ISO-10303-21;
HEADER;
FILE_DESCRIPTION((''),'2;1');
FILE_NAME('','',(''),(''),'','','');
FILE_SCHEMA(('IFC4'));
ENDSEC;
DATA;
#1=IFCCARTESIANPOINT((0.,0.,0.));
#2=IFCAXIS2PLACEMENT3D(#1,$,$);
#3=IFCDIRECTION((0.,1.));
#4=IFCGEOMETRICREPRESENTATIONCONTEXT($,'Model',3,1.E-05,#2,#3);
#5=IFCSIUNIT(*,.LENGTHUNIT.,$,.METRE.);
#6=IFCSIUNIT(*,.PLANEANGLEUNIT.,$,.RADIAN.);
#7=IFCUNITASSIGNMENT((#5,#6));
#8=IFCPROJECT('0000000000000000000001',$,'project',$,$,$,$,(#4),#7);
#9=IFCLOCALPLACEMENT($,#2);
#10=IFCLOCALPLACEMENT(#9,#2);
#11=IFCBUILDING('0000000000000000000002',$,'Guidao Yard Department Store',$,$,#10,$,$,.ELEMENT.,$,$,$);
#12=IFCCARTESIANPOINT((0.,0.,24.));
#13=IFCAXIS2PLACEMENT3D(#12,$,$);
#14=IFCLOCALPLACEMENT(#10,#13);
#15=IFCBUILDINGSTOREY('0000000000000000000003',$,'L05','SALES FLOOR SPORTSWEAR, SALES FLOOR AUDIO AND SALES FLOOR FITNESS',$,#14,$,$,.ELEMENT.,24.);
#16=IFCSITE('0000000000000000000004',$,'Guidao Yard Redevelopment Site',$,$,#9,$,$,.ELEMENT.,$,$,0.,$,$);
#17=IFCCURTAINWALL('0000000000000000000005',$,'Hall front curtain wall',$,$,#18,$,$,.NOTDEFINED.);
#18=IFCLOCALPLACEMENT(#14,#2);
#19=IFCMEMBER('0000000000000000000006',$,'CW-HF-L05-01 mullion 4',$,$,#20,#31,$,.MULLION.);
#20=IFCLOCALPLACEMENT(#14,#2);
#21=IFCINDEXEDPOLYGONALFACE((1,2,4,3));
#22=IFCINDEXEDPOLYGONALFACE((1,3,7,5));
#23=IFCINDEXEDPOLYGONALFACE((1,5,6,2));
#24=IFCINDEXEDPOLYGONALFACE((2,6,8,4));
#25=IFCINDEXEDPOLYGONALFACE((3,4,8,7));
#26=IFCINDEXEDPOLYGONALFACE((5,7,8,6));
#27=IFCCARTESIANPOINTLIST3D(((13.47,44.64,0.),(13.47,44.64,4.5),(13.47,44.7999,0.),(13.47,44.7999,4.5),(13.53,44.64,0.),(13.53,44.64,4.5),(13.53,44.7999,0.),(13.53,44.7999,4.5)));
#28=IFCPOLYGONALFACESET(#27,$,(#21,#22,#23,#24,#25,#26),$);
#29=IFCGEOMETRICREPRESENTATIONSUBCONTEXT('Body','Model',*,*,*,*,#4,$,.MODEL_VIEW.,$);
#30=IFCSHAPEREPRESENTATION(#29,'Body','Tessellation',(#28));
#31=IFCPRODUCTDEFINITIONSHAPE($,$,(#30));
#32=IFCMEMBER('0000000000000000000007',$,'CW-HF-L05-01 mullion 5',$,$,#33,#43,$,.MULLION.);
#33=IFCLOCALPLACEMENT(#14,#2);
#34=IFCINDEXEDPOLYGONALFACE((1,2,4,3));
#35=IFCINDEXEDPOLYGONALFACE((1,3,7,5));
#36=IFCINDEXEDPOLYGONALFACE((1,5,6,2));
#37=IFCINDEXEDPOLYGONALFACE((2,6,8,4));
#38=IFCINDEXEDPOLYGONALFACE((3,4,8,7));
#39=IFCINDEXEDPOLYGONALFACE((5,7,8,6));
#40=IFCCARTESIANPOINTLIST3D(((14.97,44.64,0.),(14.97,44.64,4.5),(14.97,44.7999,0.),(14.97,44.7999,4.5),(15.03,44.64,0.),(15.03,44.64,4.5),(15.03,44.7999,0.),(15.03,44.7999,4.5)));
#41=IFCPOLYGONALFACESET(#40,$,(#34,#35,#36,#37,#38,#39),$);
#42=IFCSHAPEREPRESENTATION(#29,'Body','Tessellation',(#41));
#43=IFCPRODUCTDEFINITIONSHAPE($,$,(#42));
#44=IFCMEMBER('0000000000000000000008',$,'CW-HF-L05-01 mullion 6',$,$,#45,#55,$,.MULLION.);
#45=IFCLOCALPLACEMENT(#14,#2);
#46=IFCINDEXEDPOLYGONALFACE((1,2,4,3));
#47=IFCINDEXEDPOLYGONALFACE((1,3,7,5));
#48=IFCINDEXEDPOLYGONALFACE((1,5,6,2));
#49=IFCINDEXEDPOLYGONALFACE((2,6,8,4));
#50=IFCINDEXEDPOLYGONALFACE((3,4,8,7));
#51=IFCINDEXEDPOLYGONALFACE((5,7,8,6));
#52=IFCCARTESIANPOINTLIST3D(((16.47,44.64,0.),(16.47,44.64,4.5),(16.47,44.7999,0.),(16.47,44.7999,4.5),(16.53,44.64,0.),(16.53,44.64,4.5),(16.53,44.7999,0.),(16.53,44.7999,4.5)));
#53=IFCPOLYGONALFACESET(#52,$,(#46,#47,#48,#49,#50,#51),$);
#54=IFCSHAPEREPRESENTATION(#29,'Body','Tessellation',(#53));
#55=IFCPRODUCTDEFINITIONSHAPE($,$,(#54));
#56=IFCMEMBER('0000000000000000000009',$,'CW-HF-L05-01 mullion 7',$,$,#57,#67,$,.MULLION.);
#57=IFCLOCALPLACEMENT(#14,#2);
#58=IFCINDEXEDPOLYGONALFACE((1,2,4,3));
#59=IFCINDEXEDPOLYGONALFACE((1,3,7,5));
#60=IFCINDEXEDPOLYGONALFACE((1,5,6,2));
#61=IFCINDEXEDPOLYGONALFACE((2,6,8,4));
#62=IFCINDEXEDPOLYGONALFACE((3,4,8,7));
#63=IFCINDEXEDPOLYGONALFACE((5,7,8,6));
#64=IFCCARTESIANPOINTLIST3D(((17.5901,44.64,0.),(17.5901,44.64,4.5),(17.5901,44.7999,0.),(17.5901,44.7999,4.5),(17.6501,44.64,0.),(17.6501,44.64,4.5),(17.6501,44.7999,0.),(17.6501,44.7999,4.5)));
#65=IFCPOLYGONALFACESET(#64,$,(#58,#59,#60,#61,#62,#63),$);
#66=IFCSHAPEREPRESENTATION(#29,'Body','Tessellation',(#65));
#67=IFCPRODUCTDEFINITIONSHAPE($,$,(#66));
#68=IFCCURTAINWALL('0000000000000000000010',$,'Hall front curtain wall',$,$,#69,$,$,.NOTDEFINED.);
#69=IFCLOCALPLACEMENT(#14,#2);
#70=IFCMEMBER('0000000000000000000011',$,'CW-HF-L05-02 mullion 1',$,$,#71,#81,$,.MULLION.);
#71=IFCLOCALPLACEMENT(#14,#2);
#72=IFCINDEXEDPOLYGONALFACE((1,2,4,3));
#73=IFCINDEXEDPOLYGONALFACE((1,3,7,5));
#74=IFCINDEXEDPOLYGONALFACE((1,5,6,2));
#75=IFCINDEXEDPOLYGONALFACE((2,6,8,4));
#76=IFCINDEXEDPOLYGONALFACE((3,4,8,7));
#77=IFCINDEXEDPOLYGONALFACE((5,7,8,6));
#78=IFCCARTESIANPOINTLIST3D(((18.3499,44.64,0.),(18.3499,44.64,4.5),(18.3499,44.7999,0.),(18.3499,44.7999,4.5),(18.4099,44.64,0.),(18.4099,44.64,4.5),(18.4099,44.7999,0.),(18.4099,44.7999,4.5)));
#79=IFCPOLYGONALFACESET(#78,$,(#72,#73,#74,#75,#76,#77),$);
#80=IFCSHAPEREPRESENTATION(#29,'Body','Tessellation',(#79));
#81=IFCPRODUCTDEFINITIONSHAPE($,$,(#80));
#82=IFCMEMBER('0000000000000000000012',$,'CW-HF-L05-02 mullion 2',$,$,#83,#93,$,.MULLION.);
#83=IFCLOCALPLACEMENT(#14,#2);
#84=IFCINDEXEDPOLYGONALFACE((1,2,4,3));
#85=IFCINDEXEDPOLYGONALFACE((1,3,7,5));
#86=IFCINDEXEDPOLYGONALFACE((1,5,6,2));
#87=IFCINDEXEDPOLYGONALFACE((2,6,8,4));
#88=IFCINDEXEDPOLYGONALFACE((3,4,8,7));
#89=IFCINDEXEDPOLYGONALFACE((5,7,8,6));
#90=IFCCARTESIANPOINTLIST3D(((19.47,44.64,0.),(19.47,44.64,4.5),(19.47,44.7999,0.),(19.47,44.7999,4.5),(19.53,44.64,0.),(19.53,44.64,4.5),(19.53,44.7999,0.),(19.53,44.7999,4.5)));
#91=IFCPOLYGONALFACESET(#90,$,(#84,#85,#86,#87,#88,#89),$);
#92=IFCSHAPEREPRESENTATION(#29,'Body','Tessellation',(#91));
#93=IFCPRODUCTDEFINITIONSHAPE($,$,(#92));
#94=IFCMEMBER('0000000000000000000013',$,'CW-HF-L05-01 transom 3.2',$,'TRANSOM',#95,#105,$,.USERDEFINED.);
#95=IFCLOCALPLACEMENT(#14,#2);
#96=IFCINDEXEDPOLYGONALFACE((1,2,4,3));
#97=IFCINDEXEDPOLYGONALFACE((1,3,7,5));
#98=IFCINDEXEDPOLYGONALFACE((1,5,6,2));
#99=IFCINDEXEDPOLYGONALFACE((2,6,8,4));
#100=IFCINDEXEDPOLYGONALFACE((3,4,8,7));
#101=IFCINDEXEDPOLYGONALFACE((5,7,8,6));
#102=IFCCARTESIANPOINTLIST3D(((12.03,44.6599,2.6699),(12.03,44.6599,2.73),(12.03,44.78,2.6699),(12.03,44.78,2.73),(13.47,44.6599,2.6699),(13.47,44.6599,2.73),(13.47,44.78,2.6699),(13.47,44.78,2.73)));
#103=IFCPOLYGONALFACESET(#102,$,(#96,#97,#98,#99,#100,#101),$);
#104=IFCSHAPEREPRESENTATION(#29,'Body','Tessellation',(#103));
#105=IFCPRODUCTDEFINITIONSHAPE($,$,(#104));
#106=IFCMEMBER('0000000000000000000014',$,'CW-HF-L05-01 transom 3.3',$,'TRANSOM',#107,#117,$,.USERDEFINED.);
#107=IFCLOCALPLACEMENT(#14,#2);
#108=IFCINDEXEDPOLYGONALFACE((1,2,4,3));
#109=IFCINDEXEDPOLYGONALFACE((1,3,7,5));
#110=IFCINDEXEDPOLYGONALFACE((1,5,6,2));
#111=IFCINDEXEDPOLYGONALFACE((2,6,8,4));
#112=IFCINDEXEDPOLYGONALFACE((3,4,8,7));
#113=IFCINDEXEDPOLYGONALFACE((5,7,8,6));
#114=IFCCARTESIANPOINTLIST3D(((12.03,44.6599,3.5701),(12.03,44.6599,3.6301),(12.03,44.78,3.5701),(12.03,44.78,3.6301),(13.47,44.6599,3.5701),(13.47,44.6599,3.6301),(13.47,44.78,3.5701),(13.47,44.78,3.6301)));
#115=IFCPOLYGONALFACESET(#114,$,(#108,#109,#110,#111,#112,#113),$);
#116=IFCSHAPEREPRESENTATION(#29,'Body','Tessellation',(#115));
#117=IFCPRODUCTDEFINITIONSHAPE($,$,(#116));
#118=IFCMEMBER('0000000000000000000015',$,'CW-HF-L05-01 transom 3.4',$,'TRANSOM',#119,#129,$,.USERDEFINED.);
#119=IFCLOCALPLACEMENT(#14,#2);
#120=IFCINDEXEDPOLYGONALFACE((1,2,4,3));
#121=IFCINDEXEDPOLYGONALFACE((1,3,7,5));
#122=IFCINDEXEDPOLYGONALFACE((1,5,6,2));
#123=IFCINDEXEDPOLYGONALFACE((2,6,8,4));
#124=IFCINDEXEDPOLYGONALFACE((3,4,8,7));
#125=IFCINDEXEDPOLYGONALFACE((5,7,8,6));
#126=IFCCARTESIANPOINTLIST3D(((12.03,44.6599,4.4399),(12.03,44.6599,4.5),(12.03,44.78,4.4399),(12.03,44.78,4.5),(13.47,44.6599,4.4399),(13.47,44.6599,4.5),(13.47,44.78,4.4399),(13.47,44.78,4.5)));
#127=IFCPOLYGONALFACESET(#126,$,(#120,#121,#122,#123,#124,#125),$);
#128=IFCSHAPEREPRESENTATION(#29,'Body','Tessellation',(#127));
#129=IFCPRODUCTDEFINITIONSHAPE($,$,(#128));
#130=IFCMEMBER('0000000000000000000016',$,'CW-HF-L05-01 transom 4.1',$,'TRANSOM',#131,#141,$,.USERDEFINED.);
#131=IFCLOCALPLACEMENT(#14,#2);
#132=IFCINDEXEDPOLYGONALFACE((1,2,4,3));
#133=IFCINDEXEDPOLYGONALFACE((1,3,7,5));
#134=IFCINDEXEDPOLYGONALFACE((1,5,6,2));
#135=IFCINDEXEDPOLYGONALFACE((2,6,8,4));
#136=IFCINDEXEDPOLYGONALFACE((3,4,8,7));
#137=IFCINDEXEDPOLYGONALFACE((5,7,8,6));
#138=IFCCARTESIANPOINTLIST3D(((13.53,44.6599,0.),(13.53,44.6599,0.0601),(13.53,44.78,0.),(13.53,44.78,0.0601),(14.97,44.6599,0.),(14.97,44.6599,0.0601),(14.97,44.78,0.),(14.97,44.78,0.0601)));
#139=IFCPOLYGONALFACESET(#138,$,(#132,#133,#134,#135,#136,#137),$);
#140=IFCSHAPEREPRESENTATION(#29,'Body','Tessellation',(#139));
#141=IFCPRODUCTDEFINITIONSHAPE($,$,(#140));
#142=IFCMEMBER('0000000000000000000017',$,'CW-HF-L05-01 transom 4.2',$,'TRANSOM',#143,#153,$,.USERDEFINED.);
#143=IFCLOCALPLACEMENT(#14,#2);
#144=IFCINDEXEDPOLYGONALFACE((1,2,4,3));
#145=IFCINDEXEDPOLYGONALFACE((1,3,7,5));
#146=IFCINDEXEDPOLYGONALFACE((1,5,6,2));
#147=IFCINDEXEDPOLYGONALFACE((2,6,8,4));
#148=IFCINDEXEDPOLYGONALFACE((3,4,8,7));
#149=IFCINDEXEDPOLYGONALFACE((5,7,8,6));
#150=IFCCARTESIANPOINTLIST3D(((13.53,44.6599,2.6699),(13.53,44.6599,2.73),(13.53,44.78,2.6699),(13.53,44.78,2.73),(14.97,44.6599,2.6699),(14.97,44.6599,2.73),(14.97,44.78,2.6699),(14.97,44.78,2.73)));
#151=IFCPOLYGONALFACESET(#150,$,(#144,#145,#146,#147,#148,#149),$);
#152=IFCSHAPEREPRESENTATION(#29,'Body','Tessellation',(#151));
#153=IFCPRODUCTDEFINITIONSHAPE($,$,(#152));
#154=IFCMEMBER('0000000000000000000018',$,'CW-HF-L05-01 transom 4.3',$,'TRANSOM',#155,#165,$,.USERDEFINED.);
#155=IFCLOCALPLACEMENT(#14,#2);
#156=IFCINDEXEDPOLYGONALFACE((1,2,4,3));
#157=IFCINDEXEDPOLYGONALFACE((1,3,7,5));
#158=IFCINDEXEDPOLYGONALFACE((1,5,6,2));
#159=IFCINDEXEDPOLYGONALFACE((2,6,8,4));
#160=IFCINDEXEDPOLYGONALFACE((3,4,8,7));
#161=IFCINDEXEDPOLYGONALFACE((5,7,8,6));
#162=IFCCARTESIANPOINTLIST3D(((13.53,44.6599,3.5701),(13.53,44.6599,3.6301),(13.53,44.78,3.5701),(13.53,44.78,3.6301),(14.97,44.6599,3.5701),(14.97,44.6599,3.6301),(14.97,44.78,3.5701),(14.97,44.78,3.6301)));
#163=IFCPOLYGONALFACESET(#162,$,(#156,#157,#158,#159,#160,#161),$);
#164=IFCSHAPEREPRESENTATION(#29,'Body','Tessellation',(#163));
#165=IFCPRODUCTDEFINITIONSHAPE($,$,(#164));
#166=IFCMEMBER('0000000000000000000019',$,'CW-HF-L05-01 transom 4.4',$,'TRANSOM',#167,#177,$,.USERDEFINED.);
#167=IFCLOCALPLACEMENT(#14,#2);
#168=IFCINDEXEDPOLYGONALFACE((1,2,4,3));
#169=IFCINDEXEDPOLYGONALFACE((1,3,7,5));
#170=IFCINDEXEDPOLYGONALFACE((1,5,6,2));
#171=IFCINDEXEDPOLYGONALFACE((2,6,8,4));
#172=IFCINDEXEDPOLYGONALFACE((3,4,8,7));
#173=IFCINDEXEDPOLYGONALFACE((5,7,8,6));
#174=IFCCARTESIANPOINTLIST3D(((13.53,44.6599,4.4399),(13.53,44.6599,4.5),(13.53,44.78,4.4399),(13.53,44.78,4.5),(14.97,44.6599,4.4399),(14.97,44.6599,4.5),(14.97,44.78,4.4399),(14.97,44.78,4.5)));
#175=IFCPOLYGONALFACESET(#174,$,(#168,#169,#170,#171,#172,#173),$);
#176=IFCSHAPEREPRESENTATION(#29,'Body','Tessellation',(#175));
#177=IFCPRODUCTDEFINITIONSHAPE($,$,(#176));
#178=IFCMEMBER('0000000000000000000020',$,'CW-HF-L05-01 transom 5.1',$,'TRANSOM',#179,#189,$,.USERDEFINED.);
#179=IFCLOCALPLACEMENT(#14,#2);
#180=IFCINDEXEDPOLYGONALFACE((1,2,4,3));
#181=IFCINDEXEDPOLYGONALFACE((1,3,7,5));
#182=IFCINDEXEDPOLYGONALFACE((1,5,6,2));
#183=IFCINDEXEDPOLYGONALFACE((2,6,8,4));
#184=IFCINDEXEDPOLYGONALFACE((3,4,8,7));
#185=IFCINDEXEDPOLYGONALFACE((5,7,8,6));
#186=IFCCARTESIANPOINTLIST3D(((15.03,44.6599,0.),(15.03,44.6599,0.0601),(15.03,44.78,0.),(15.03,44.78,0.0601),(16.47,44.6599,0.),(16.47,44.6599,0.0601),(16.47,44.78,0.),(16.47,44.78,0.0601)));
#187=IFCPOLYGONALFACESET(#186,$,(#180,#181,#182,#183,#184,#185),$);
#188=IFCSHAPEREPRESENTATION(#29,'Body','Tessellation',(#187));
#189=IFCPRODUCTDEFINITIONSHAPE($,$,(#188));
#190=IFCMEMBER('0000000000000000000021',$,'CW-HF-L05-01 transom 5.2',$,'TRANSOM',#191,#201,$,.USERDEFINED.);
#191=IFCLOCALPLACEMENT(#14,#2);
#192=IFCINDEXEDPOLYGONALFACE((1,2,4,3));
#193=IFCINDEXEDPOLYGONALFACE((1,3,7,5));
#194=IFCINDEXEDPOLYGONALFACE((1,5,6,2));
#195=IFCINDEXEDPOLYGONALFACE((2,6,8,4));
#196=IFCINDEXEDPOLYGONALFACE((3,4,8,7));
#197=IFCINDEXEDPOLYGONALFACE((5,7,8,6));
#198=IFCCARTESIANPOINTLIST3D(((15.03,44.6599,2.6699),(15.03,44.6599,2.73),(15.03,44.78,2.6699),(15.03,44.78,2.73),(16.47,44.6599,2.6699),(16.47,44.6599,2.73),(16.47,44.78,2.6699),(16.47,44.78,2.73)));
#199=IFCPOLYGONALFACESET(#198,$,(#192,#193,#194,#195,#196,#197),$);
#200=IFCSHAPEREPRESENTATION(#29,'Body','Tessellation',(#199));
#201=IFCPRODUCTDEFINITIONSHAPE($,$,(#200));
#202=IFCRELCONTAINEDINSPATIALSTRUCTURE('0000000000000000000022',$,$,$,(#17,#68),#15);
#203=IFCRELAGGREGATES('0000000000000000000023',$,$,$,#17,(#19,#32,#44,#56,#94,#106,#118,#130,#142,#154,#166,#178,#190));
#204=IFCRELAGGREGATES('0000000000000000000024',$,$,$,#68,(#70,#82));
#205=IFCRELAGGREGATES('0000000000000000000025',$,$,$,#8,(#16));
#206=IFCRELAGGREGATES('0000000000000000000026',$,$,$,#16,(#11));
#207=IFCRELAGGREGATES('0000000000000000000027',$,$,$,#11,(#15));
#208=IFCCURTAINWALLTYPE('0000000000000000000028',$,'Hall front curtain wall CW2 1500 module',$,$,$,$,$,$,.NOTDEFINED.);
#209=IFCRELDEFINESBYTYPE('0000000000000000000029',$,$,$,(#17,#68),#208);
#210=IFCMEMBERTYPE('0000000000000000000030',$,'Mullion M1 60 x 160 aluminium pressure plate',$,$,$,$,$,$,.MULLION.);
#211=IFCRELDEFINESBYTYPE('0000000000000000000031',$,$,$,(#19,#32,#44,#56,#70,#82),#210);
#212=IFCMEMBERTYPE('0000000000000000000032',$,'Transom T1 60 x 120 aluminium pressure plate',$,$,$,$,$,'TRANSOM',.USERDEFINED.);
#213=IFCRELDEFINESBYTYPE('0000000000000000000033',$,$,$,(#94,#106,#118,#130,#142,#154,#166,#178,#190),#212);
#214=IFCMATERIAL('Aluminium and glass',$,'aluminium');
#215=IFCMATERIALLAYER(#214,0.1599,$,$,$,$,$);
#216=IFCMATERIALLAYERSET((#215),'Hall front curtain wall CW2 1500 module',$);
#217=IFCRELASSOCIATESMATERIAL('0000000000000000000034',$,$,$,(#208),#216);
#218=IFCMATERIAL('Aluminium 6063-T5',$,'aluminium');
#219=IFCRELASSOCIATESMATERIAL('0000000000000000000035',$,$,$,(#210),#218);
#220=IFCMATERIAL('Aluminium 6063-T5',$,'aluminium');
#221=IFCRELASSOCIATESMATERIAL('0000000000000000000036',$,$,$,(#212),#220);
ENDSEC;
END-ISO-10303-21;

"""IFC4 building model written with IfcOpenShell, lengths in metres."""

from ifc_helpers import new_model, si_unit, direction, frame, origin, origin_2d, place, context, subcontext, project, spatial, rectangle, extrude, material, layer, layer_set, material_profile, profile_set, type_object, element, aggregate, save


model = new_model("IFC4")

# Units and contexts
model_context = context("Model", 3, precision=1e-05, world=origin(), true_north=direction((0.0, 1.0)))
body_context = subcontext(model_context, "Body", "Model", "MODEL_VIEW")
ifc_project = project(units=[si_unit("LENGTHUNIT", "METRE"), si_unit("PLANEANGLEUNIT", "RADIAN")], contexts=[model_context])

# Site, building, storey
site_placement = place(None, origin())
site = spatial("IfcSite", under=ifc_project, at=site_placement, Name="Guidao Yard Redevelopment Site", CompositionType="ELEMENT", RefElevation=0.0)
building_placement = place(site_placement, origin())
building = spatial("IfcBuilding", under=site, at=building_placement, Name="Guidao Yard Department Store", CompositionType="ELEMENT")
storey_placement = place(building_placement, frame((0.0, 0.0, 24.0)))
storey = spatial("IfcBuildingStorey", under=building, at=storey_placement, Name="L05", Description="SALES FLOOR SPORTSWEAR, SALES FLOOR AUDIO AND SALES FLOOR FITNESS", CompositionType="ELEMENT", Elevation=24.0)

# Curtain walls, members
ifc_material_1 = material(Name="Aluminium and glass", Category="aluminium")
ifc_layer_1 = layer(ifc_material_1, 0.1599)
ifc_layer_set_1 = layer_set([ifc_layer_1], Name="Hall front curtain wall CW2 1500 module")
curtain_wall_type = type_object("IfcCurtainWallType", Name="Hall front curtain wall CW2 1500 module", PredefinedType="NOTDEFINED", material=ifc_layer_set_1)
curtain_wall_1_placement = place(storey_placement, origin())
curtain_wall_1 = element("IfcCurtainWall", 1, at=curtain_wall_1_placement, inside=storey, type_object=curtain_wall_type, Name="Hall front curtain wall", PredefinedType="NOTDEFINED")
ifc_material_2 = material(Name="Aluminium 6063-T5", Category="aluminium")
ifc_material_profile_1 = material_profile(ifc_material_2, rectangle(XDim=0.0601, YDim=0.1599, at=origin_2d()), Name="Mullion M1 60 x 160 aluminium pressure plate")
ifc_profile_set_1 = profile_set([ifc_material_profile_1], Name="Aluminium 6063-T5")
member_type_1 = type_object("IfcMemberType", Name="Mullion M1 60 x 160 aluminium pressure plate", PredefinedType="MULLION", material=ifc_profile_set_1)
member_1_placement = place(storey_placement, frame((13.5, 44.72, 0.0), z_axis=(0.0, 0.0, 1.0), x_axis=(-1.0, 0.0, 0.0)))
member_1 = element("IfcMember", 2, at=member_1_placement, type_object=member_type_1, Name="CW-HF-L05-01 mullion 4", PredefinedType="MULLION", context=body_context, shape_type="SweptSolid", body=[
    extrude(rectangle(XDim=0.0601, YDim=0.1599, at=origin_2d()), origin(), (0.0, 0.0, 1.0), 4.5),
])
member_2_placement = place(storey_placement, frame((15.0, 44.72, 0.0), z_axis=(0.0, 0.0, 1.0), x_axis=(-1.0, 0.0, 0.0)))
member_2 = element("IfcMember", 3, at=member_2_placement, type_object=member_type_1, Name="CW-HF-L05-01 mullion 5", PredefinedType="MULLION", context=body_context, shape_type="SweptSolid", body=[
    extrude(rectangle(XDim=0.0601, YDim=0.1599, at=origin_2d()), origin(), (0.0, 0.0, 1.0), 4.5),
])
member_3_placement = place(storey_placement, frame((16.5, 44.72, 0.0), z_axis=(0.0, 0.0, 1.0), x_axis=(-1.0, 0.0, 0.0)))
member_3 = element("IfcMember", 4, at=member_3_placement, type_object=member_type_1, Name="CW-HF-L05-01 mullion 6", PredefinedType="MULLION", context=body_context, shape_type="SweptSolid", body=[
    extrude(rectangle(XDim=0.0601, YDim=0.1599, at=origin_2d()), origin(), (0.0, 0.0, 1.0), 4.5),
])
member_4_placement = place(storey_placement, frame((17.6201, 44.72, 0.0), z_axis=(0.0, 0.0, 1.0), x_axis=(-1.0, 0.0, 0.0)))
member_4 = element("IfcMember", 5, at=member_4_placement, type_object=member_type_1, Name="CW-HF-L05-01 mullion 7", PredefinedType="MULLION", context=body_context, shape_type="SweptSolid", body=[
    extrude(rectangle(XDim=0.0601, YDim=0.1599, at=origin_2d()), origin(), (0.0, 0.0, 1.0), 4.5),
])
curtain_wall_2_placement = place(storey_placement, origin())
curtain_wall_2 = element("IfcCurtainWall", 6, at=curtain_wall_2_placement, inside=storey, type_object=curtain_wall_type, Name="Hall front curtain wall", PredefinedType="NOTDEFINED")
member_5_placement = place(storey_placement, frame((18.3799, 44.72, 0.0), z_axis=(0.0, 0.0, 1.0), x_axis=(-1.0, 0.0, 0.0)))
member_5 = element("IfcMember", 7, at=member_5_placement, type_object=member_type_1, Name="CW-HF-L05-02 mullion 1", PredefinedType="MULLION", context=body_context, shape_type="SweptSolid", body=[
    extrude(rectangle(XDim=0.0601, YDim=0.1599, at=origin_2d()), origin(), (0.0, 0.0, 1.0), 4.5),
])
member_6_placement = place(storey_placement, frame((19.5, 44.72, 0.0), z_axis=(0.0, 0.0, 1.0), x_axis=(-1.0, 0.0, 0.0)))
member_6 = element("IfcMember", 8, at=member_6_placement, type_object=member_type_1, Name="CW-HF-L05-02 mullion 2", PredefinedType="MULLION", context=body_context, shape_type="SweptSolid", body=[
    extrude(rectangle(XDim=0.0601, YDim=0.1599, at=origin_2d()), origin(), (0.0, 0.0, 1.0), 4.5),
])

# Members
ifc_material_3 = material(Name="Aluminium 6063-T5", Category="aluminium")
ifc_material_profile_2 = material_profile(ifc_material_3, rectangle(XDim=0.1201, YDim=0.0601, at=origin_2d()), Name="Transom T1 60 x 120 aluminium pressure plate")
ifc_profile_set_2 = profile_set([ifc_material_profile_2], Name="Aluminium 6063-T5")
member_type_2 = type_object("IfcMemberType", Name="Transom T1 60 x 120 aluminium pressure plate", ElementType="TRANSOM", PredefinedType="USERDEFINED", material=ifc_profile_set_2)
member_7_placement = place(storey_placement, frame((13.47, 44.72, 2.7), z_axis=(-1.0, 0.0, 0.0), x_axis=(0.0, -1.0, 0.0)))
member_7 = element("IfcMember", 9, at=member_7_placement, type_object=member_type_2, Name="CW-HF-L05-01 transom 3.2", ObjectType="TRANSOM", PredefinedType="USERDEFINED", context=body_context, shape_type="SweptSolid", body=[
    extrude(rectangle(XDim=0.1201, YDim=0.0601, at=origin_2d()), origin(), (0.0, 0.0, 1.0), 1.4399),
])
member_8_placement = place(storey_placement, frame((13.47, 44.72, 3.6001), z_axis=(-1.0, 0.0, 0.0), x_axis=(0.0, -1.0, 0.0)))
member_8 = element("IfcMember", 10, at=member_8_placement, type_object=member_type_2, Name="CW-HF-L05-01 transom 3.3", ObjectType="TRANSOM", PredefinedType="USERDEFINED", context=body_context, shape_type="SweptSolid", body=[
    extrude(rectangle(XDim=0.1201, YDim=0.0601, at=origin_2d()), origin(), (0.0, 0.0, 1.0), 1.4399),
])
member_9_placement = place(storey_placement, frame((13.47, 44.72, 4.47), z_axis=(-1.0, 0.0, 0.0), x_axis=(0.0, -1.0, 0.0)))
member_9 = element("IfcMember", 11, at=member_9_placement, type_object=member_type_2, Name="CW-HF-L05-01 transom 3.4", ObjectType="TRANSOM", PredefinedType="USERDEFINED", context=body_context, shape_type="SweptSolid", body=[
    extrude(rectangle(XDim=0.1201, YDim=0.0601, at=origin_2d()), origin(), (0.0, 0.0, 1.0), 1.4399),
])
member_10_placement = place(storey_placement, frame((14.97, 44.72, 0.03), z_axis=(-1.0, 0.0, 0.0), x_axis=(0.0, -1.0, 0.0)))
member_10 = element("IfcMember", 12, at=member_10_placement, type_object=member_type_2, Name="CW-HF-L05-01 transom 4.1", ObjectType="TRANSOM", PredefinedType="USERDEFINED", context=body_context, shape_type="SweptSolid", body=[
    extrude(rectangle(XDim=0.1201, YDim=0.0601, at=origin_2d()), origin(), (0.0, 0.0, 1.0), 1.4399),
])
member_11_placement = place(storey_placement, frame((14.97, 44.72, 2.7), z_axis=(-1.0, 0.0, 0.0), x_axis=(0.0, -1.0, 0.0)))
member_11 = element("IfcMember", 13, at=member_11_placement, type_object=member_type_2, Name="CW-HF-L05-01 transom 4.2", ObjectType="TRANSOM", PredefinedType="USERDEFINED", context=body_context, shape_type="SweptSolid", body=[
    extrude(rectangle(XDim=0.1201, YDim=0.0601, at=origin_2d()), origin(), (0.0, 0.0, 1.0), 1.4399),
])
member_12_placement = place(storey_placement, frame((14.97, 44.72, 3.6001), z_axis=(-1.0, 0.0, 0.0), x_axis=(0.0, -1.0, 0.0)))
member_12 = element("IfcMember", 14, at=member_12_placement, type_object=member_type_2, Name="CW-HF-L05-01 transom 4.3", ObjectType="TRANSOM", PredefinedType="USERDEFINED", context=body_context, shape_type="SweptSolid", body=[
    extrude(rectangle(XDim=0.1201, YDim=0.0601, at=origin_2d()), origin(), (0.0, 0.0, 1.0), 1.4399),
])
member_13_placement = place(storey_placement, frame((14.97, 44.72, 4.47), z_axis=(-1.0, 0.0, 0.0), x_axis=(0.0, -1.0, 0.0)))
member_13 = element("IfcMember", 15, at=member_13_placement, type_object=member_type_2, Name="CW-HF-L05-01 transom 4.4", ObjectType="TRANSOM", PredefinedType="USERDEFINED", context=body_context, shape_type="SweptSolid", body=[
    extrude(rectangle(XDim=0.1201, YDim=0.0601, at=origin_2d()), origin(), (0.0, 0.0, 1.0), 1.4399),
])
member_14_placement = place(storey_placement, frame((16.47, 44.72, 0.03), z_axis=(-1.0, 0.0, 0.0), x_axis=(0.0, -1.0, 0.0)))
member_14 = element("IfcMember", 16, at=member_14_placement, type_object=member_type_2, Name="CW-HF-L05-01 transom 5.1", ObjectType="TRANSOM", PredefinedType="USERDEFINED", context=body_context, shape_type="SweptSolid", body=[
    extrude(rectangle(XDim=0.1201, YDim=0.0601, at=origin_2d()), origin(), (0.0, 0.0, 1.0), 1.4399),
])
member_15_placement = place(storey_placement, frame((16.47, 44.72, 2.7), z_axis=(-1.0, 0.0, 0.0), x_axis=(0.0, -1.0, 0.0)))
member_15 = element("IfcMember", 17, at=member_15_placement, type_object=member_type_2, Name="CW-HF-L05-01 transom 5.2", ObjectType="TRANSOM", PredefinedType="USERDEFINED", context=body_context, shape_type="SweptSolid", body=[
    extrude(rectangle(XDim=0.1201, YDim=0.0601, at=origin_2d()), origin(), (0.0, 0.0, 1.0), 1.4399),
])

aggregate(curtain_wall_1, [member_1, member_2, member_3, member_4, member_7, member_8, member_9, member_10, member_11, member_12, member_13, member_14, member_15])
aggregate(curtain_wall_2, [member_5, member_6])

save(model, "model.ifc")
